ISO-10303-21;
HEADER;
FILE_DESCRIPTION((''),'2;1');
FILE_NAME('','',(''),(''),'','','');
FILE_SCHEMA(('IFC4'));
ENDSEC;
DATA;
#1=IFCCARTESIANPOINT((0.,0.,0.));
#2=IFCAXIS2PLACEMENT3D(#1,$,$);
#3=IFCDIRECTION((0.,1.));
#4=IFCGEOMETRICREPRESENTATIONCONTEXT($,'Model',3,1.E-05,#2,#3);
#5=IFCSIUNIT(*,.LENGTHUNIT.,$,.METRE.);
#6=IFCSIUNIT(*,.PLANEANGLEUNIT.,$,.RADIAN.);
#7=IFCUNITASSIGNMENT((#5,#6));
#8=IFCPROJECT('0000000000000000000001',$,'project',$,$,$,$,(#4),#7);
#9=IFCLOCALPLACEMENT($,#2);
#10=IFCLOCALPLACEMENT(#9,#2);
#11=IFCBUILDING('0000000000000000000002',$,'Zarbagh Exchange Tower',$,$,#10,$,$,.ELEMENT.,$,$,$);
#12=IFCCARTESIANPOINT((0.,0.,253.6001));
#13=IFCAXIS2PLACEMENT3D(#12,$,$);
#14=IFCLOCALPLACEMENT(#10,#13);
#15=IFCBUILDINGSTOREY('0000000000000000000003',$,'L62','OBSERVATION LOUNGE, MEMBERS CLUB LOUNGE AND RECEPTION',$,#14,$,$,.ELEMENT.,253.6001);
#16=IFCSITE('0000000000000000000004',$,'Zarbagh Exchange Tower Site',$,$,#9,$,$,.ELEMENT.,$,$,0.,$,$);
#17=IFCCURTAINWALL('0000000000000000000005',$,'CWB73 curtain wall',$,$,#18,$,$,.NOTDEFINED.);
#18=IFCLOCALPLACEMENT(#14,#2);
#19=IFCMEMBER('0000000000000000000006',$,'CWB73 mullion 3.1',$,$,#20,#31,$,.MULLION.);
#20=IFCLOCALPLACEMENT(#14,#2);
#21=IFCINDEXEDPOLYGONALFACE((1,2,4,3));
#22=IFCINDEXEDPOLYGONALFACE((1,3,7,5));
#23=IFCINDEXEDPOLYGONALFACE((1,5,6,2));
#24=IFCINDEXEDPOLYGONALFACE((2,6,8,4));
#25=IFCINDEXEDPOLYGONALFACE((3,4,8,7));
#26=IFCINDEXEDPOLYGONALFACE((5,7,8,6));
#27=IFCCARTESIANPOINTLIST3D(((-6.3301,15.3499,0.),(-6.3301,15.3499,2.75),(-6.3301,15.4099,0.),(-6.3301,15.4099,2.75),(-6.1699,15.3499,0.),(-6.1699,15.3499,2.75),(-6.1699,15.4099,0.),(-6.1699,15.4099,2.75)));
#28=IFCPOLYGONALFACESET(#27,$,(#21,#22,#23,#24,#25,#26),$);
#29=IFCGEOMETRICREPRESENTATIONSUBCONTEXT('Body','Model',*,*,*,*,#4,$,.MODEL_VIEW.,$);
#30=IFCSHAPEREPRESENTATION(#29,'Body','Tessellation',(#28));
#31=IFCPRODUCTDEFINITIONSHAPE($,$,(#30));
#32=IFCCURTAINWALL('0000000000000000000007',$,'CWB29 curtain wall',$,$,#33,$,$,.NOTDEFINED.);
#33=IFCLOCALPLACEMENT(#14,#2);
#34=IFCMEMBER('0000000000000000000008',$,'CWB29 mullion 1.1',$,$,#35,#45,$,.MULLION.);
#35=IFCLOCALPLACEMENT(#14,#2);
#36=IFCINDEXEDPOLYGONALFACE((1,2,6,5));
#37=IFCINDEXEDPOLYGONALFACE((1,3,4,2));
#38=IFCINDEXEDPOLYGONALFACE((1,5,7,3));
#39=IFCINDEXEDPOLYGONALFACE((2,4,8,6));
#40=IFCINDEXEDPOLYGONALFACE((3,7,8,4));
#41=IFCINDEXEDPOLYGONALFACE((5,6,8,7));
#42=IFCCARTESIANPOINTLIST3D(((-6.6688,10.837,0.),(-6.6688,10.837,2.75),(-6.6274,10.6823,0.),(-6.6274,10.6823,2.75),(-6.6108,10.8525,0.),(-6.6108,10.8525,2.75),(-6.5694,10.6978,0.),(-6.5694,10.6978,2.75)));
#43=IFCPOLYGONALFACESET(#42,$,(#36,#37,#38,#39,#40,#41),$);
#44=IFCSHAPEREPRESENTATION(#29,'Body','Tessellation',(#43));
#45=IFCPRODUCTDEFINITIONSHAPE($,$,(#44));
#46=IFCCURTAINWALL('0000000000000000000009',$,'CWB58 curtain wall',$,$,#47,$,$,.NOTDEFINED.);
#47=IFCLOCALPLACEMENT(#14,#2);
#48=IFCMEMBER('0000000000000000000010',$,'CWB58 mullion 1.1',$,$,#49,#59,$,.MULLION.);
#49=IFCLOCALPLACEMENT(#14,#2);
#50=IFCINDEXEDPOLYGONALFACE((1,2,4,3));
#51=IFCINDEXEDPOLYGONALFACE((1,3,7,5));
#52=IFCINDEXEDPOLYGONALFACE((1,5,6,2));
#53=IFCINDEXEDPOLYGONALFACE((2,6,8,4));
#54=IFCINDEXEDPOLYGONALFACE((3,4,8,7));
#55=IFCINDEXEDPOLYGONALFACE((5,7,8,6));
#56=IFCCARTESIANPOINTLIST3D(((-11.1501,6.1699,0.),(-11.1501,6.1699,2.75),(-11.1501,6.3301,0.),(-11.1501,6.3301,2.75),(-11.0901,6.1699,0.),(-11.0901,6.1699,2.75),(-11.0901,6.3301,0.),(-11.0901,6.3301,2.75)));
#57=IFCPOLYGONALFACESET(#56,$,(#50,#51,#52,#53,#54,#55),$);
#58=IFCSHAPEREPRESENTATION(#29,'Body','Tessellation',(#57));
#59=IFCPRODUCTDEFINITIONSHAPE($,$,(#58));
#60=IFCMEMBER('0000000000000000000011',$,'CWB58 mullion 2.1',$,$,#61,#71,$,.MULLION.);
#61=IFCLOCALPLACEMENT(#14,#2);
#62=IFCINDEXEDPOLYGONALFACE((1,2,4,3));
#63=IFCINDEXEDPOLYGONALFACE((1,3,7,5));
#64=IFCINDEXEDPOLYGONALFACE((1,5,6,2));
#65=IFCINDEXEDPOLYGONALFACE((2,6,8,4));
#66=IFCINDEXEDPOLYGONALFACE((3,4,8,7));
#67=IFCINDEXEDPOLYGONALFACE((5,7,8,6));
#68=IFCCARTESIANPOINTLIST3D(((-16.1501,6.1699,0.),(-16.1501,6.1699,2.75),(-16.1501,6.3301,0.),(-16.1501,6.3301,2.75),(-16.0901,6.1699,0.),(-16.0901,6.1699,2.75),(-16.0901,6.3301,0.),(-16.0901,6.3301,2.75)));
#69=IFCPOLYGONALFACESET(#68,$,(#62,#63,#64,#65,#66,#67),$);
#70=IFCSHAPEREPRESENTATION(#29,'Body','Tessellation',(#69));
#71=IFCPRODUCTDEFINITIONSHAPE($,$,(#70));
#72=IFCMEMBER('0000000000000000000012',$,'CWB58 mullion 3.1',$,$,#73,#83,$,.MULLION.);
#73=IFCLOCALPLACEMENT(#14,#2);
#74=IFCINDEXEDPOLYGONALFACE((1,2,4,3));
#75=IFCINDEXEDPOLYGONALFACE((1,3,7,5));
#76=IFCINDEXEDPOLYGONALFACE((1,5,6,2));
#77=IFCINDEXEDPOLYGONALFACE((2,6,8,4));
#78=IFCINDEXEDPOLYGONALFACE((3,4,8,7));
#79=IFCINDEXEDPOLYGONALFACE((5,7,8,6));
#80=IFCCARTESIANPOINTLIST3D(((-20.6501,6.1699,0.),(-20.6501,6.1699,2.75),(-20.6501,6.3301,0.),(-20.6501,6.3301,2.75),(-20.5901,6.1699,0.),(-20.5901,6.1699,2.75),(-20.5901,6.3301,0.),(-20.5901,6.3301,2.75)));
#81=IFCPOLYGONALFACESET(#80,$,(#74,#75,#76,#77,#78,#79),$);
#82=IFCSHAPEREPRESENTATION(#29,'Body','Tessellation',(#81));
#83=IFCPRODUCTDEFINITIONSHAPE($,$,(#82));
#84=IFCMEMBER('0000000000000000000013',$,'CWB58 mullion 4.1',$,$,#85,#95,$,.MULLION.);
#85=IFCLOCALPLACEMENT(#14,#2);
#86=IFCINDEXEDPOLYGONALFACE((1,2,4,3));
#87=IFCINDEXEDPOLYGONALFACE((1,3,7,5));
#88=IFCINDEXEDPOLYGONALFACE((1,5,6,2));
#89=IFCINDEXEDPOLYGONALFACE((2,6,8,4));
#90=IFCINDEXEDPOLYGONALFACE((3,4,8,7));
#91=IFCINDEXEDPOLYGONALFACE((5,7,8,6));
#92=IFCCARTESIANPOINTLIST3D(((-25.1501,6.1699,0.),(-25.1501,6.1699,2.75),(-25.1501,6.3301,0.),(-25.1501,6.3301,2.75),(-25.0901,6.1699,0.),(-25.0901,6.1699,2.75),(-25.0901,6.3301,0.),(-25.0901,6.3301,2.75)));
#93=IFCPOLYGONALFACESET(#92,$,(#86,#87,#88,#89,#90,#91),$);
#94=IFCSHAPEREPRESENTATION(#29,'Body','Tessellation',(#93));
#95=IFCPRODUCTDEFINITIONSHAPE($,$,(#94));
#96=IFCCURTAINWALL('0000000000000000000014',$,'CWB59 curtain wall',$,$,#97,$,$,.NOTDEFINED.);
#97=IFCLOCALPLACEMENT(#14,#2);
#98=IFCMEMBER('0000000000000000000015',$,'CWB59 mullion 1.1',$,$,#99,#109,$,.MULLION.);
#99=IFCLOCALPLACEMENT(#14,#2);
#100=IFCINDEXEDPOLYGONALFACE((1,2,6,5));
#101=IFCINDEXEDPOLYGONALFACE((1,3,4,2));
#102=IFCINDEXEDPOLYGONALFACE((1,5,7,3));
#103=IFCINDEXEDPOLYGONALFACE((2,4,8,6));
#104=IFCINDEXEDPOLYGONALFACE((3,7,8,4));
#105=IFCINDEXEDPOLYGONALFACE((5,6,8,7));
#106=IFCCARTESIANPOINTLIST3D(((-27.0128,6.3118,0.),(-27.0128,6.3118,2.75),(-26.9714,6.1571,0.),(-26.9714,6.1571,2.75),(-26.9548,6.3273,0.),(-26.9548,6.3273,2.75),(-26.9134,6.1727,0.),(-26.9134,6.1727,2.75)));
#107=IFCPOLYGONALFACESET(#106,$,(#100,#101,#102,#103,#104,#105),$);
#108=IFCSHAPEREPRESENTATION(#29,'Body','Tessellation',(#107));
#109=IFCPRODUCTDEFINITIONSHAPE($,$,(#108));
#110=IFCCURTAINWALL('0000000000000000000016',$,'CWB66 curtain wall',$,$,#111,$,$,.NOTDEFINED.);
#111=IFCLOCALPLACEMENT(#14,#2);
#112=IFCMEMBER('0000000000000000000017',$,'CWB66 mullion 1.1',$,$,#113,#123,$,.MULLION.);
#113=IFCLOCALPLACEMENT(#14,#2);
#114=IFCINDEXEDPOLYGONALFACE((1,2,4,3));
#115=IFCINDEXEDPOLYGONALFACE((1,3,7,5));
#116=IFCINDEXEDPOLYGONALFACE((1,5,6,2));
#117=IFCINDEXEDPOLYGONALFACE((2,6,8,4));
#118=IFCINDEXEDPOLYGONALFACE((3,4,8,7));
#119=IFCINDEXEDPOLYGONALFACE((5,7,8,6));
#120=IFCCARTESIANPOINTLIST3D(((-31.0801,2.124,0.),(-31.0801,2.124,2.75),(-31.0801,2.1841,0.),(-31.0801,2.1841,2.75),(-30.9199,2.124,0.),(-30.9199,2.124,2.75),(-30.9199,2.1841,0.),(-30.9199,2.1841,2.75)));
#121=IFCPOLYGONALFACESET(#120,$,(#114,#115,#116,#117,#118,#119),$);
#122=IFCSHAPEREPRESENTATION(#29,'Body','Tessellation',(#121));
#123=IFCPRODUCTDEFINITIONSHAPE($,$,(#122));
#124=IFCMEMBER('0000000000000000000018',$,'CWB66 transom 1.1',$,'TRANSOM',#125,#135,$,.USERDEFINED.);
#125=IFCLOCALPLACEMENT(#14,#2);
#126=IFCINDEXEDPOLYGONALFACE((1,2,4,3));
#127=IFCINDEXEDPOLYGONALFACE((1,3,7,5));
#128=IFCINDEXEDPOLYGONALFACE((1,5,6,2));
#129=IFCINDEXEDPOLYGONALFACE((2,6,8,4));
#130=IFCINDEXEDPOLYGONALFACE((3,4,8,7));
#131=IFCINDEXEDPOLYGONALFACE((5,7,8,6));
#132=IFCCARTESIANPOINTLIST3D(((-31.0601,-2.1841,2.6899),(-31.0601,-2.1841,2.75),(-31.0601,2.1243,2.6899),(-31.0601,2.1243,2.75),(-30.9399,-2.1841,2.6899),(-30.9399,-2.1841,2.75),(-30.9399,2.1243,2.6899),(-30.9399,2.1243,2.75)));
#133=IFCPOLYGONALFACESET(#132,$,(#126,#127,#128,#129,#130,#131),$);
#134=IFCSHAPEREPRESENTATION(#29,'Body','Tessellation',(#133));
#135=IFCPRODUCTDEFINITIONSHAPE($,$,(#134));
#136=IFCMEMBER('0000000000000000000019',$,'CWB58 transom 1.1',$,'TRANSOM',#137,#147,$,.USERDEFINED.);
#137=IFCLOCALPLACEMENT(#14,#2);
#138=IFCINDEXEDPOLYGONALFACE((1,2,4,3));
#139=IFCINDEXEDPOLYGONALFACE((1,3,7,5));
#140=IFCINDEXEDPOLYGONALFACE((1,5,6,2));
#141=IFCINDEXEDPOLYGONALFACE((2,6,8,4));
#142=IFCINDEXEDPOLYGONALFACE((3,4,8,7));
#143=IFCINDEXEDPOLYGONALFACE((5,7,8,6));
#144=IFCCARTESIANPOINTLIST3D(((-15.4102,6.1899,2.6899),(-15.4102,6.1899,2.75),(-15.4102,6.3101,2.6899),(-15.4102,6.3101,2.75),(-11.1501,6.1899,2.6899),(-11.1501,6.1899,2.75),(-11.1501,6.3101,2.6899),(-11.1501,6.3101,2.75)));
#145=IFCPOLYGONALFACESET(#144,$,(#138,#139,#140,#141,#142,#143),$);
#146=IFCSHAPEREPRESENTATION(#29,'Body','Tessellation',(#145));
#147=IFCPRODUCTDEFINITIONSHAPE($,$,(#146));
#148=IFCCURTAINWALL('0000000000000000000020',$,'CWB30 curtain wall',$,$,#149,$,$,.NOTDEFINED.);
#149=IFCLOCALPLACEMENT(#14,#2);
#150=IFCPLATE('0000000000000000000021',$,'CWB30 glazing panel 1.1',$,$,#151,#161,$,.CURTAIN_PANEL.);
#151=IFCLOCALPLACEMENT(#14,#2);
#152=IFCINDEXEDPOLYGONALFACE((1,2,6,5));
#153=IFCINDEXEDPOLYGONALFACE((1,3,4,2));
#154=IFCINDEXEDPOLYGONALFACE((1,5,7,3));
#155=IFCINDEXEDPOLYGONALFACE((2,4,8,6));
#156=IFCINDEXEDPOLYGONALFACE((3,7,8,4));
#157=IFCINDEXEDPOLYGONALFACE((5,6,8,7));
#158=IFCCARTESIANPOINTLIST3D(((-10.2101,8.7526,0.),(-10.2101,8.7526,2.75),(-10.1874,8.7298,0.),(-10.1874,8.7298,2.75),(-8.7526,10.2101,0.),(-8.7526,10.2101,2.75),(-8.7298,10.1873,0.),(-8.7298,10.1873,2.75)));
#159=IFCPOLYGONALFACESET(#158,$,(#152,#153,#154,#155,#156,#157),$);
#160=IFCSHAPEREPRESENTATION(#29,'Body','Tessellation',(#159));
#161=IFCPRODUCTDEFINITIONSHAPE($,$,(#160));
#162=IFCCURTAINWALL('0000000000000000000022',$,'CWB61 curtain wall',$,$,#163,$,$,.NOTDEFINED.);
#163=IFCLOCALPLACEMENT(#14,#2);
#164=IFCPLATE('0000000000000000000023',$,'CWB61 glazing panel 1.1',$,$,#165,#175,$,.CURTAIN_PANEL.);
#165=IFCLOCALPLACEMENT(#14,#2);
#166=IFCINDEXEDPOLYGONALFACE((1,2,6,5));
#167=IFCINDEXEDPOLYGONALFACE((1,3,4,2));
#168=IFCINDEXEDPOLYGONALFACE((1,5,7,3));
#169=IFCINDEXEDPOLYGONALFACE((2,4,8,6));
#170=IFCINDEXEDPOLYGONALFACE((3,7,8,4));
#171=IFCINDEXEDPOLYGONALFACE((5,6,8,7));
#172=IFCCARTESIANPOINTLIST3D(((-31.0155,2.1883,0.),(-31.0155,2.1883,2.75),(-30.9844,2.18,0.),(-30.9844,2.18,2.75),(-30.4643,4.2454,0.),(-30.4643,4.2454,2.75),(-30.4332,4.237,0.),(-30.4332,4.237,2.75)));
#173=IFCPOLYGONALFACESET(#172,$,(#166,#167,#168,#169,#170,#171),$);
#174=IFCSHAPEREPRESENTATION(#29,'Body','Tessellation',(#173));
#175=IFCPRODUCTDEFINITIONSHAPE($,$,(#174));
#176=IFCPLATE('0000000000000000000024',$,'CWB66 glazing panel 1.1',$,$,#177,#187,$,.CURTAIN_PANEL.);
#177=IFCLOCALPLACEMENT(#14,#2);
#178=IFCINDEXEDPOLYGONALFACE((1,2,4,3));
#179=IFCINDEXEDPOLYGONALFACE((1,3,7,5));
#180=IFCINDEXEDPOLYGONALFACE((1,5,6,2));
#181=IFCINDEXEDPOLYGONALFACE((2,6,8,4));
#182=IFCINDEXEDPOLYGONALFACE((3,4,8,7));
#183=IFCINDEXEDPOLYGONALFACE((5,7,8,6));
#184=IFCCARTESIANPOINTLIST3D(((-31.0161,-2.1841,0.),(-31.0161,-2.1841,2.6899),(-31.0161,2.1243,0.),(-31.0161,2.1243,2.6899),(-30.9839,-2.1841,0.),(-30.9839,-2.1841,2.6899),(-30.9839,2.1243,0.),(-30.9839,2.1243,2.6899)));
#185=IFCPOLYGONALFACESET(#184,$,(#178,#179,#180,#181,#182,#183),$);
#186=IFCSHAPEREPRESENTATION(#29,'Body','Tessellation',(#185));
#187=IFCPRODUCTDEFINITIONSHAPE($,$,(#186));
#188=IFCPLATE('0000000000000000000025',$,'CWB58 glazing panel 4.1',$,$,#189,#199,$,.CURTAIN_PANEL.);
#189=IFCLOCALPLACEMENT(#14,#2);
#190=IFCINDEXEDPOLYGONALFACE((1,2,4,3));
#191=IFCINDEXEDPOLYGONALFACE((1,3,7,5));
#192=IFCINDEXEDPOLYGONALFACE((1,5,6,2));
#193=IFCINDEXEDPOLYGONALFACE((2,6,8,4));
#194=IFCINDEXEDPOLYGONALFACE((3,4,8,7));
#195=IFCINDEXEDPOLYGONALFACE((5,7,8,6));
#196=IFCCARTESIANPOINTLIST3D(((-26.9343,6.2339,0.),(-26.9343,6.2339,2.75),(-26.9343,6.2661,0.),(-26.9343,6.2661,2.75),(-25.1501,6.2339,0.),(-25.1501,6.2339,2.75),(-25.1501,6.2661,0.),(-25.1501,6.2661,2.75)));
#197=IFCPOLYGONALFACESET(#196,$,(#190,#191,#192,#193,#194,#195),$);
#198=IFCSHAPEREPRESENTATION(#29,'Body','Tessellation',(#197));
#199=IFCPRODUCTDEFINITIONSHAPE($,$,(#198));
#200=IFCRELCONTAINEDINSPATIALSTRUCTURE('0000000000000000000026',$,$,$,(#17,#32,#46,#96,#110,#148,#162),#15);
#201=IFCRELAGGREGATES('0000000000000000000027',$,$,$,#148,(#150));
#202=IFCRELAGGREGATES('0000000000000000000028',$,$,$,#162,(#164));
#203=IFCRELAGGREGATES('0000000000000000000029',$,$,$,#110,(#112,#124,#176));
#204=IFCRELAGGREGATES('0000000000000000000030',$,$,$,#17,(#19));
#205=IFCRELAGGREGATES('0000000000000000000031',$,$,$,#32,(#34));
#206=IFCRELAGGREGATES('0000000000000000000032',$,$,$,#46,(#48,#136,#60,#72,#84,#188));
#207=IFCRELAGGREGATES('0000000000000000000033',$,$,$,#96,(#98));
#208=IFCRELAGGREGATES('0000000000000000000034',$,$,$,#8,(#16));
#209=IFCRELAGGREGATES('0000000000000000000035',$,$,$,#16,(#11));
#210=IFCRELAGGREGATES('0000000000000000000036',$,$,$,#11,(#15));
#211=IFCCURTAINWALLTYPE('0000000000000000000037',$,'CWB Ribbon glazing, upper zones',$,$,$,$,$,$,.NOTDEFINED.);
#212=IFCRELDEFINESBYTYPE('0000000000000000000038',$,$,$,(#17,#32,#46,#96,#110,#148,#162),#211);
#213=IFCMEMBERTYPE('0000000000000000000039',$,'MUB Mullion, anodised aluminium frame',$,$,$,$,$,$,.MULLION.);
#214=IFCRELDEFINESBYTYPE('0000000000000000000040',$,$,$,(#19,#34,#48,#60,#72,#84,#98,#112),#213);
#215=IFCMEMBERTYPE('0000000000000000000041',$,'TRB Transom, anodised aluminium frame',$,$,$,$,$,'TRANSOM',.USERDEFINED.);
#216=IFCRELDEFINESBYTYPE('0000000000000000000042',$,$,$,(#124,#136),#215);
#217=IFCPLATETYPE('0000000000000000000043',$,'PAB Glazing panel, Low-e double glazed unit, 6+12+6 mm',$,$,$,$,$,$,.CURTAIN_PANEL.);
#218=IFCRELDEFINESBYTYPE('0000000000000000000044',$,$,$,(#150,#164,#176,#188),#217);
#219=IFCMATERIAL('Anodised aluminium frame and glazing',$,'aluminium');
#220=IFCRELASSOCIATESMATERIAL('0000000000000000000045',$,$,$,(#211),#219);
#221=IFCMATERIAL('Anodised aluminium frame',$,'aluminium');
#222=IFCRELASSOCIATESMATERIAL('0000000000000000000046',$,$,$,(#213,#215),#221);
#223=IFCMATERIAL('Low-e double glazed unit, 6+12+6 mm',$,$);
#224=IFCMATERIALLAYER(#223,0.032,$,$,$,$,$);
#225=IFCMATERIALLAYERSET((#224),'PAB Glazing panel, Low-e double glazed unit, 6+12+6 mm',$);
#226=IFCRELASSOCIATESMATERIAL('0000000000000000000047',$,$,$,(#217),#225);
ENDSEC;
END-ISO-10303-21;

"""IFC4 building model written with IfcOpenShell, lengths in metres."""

from ifc_helpers import new_model, si_unit, direction, frame, origin, place, context, subcontext, project, spatial, polyline, outline, extrude, source, transform, mapped, material, layer, layer_set, type_object, element, aggregate, save


model = new_model("IFC4")

# Units and contexts
model_context = context("Model", 3, precision=1e-05, world=origin(), true_north=direction((0.0, 1.0)))
body_context = subcontext(model_context, "Body", "Model", "MODEL_VIEW")
ifc_project = project(units=[si_unit("LENGTHUNIT", "METRE"), si_unit("PLANEANGLEUNIT", "RADIAN")], contexts=[model_context])

# Site, building, storey
site_placement = place(None, origin())
site = spatial("IfcSite", under=ifc_project, at=site_placement, Name="Zarbagh Exchange Tower Site", CompositionType="ELEMENT", RefElevation=0.0)
building_placement = place(site_placement, origin())
building = spatial("IfcBuilding", under=site, at=building_placement, Name="Zarbagh Exchange Tower", CompositionType="ELEMENT")
storey_placement = place(building_placement, frame((0.0, 0.0, 253.6001)))
storey = spatial("IfcBuildingStorey", under=building, at=storey_placement, Name="L62", Description="OBSERVATION LOUNGE, MEMBERS CLUB LOUNGE AND RECEPTION", CompositionType="ELEMENT", Elevation=253.6001)

# Curtain walls, members
ifc_material_1 = material(Name="Anodised aluminium frame and glazing", Category="aluminium")
curtain_wall_type = type_object("IfcCurtainWallType", Name="CWB Ribbon glazing, upper zones", PredefinedType="NOTDEFINED", material=ifc_material_1)
curtain_wall_1_placement = place(storey_placement, origin())
curtain_wall_1 = element("IfcCurtainWall", 1, at=curtain_wall_1_placement, inside=storey, type_object=curtain_wall_type, Name="CWB73 curtain wall", PredefinedType="NOTDEFINED")
ifc_material_2 = material(Name="Anodised aluminium frame", Category="aluminium")
member_type_1 = type_object("IfcMemberType", Name="MUB Mullion, anodised aluminium frame", PredefinedType="MULLION", material=ifc_material_2)
shared_shape_1 = source(origin(), body_context, "Body", "SweptSolid", [
    extrude(outline(polyline([(0.0, -0.0801), (0.0601, -0.0801), (0.0601, 0.0801), (0.0, 0.0801), (0.0, -0.0801)])), origin(), (0.0, 0.0, 1.0), 2.75),
])
placement = place(storey_placement, origin())
member_1 = element("IfcMember", 2, at=placement, type_object=member_type_1, Name="CWB73 mullion 3.1", PredefinedType="MULLION", context=body_context, shape_type="MappedRepresentation", body=[
    mapped(shared_shape_1, transform((-6.25, 15.4099, 0.0), x_axis=(0.0, -1.0, 0.0), y_axis=(1.0, 0.0, 0.0), z_axis=(0.0, 0.0, 1.0))),
])
curtain_wall_2_placement = place(storey_placement, origin())
curtain_wall_2 = element("IfcCurtainWall", 3, at=curtain_wall_2_placement, inside=storey, type_object=curtain_wall_type, Name="CWB29 curtain wall", PredefinedType="NOTDEFINED")
member_2 = element("IfcMember", 4, at=placement, type_object=member_type_1, Name="CWB29 mullion 1.1", PredefinedType="MULLION", context=body_context, shape_type="MappedRepresentation", body=[
    mapped(shared_shape_1, transform((-6.5901, 10.7751, 0.0), x_axis=(-0.965924, -0.258825, 0.0), y_axis=(0.258825, -0.965924, 0.0), z_axis=(0.0, 0.0, 1.0))),
])

# Curtain wall, members
curtain_wall_3_placement = place(storey_placement, origin())
curtain_wall_3 = element("IfcCurtainWall", 5, at=curtain_wall_3_placement, inside=storey, type_object=curtain_wall_type, Name="CWB58 curtain wall", PredefinedType="NOTDEFINED")
member_3 = element("IfcMember", 6, at=placement, type_object=member_type_1, Name="CWB58 mullion 1.1", PredefinedType="MULLION", context=body_context, shape_type="MappedRepresentation", body=[
    mapped(shared_shape_1, transform((-11.0901, 6.25, 0.0), x_axis=(-1.0, 0.0, 0.0), y_axis=(0.0, -1.0, 0.0), z_axis=(0.0, 0.0, 1.0))),
])
member_4 = element("IfcMember", 7, at=placement, type_object=member_type_1, Name="CWB58 mullion 2.1", PredefinedType="MULLION", context=body_context, shape_type="MappedRepresentation", body=[
    mapped(shared_shape_1, transform((-16.0901, 6.25, 0.0), x_axis=(-1.0, 0.0, 0.0), y_axis=(0.0, -1.0, 0.0), z_axis=(0.0, 0.0, 1.0))),
])
member_5 = element("IfcMember", 8, at=placement, type_object=member_type_1, Name="CWB58 mullion 3.1", PredefinedType="MULLION", context=body_context, shape_type="MappedRepresentation", body=[
    mapped(shared_shape_1, transform((-20.5901, 6.25, 0.0), x_axis=(-1.0, 0.0, 0.0), y_axis=(0.0, -1.0, 0.0), z_axis=(0.0, 0.0, 1.0))),
])
member_6 = element("IfcMember", 9, at=placement, type_object=member_type_1, Name="CWB58 mullion 4.1", PredefinedType="MULLION", context=body_context, shape_type="MappedRepresentation", body=[
    mapped(shared_shape_1, transform((-25.0901, 6.25, 0.0), x_axis=(-1.0, 0.0, 0.0), y_axis=(0.0, -1.0, 0.0), z_axis=(0.0, 0.0, 1.0))),
])

# Curtain wall, member
curtain_wall_4_placement = place(storey_placement, origin())
curtain_wall_4 = element("IfcCurtainWall", 10, at=curtain_wall_4_placement, inside=storey, type_object=curtain_wall_type, Name="CWB59 curtain wall", PredefinedType="NOTDEFINED")
member_7 = element("IfcMember", 11, at=placement, type_object=member_type_1, Name="CWB59 mullion 1.1", PredefinedType="MULLION", context=body_context, shape_type="MappedRepresentation", body=[
    mapped(shared_shape_1, transform((-26.9341, 6.25, 0.0), x_axis=(-0.965924, -0.258825, 0.0), y_axis=(0.258825, -0.965924, 0.0), z_axis=(0.0, 0.0, 1.0))),
])

# Curtain wall, members
curtain_wall_5_placement = place(storey_placement, origin())
curtain_wall_5 = element("IfcCurtainWall", 12, at=curtain_wall_5_placement, inside=storey, type_object=curtain_wall_type, Name="CWB66 curtain wall", PredefinedType="NOTDEFINED")
member_8 = element("IfcMember", 13, at=placement, type_object=member_type_1, Name="CWB66 mullion 1.1", PredefinedType="MULLION", context=body_context, shape_type="MappedRepresentation", body=[
    mapped(shared_shape_1, transform((-31.0, 2.1841, 0.0), x_axis=(0.0, -1.0, 0.0), y_axis=(1.0, 0.0, 0.0), z_axis=(0.0, 0.0, 1.0))),
])
member_type_2 = type_object("IfcMemberType", Name="TRB Transom, anodised aluminium frame", ElementType="TRANSOM", PredefinedType="USERDEFINED", material=ifc_material_2)
shared_shape_2 = source(origin(), body_context, "Body", "SweptSolid", [
    extrude(outline(polyline([(-0.0601, -0.0601), (0.0, -0.0601), (0.0, 0.0601), (-0.0601, 0.0601), (-0.0601, -0.0601)])), origin(), (0.0, 0.0, 1.0), 4.3083),
])
member_9 = element("IfcMember", 14, at=placement, type_object=member_type_2, Name="CWB66 transom 1.1", ObjectType="TRANSOM", PredefinedType="USERDEFINED", context=body_context, shape_type="MappedRepresentation", body=[
    mapped(shared_shape_2, transform((-31.0, 2.1243, 2.75), x_axis=(0.0, 0.0, 1.0), y_axis=(-1.0, 0.0, 0.0), z_axis=(0.0, -1.0, 0.0))),
])

# Member
shared_shape_3 = source(origin(), body_context, "Body", "SweptSolid", [
    extrude(outline(polyline([(-0.0601, -0.0601), (0.0, -0.0601), (0.0, 0.0601), (-0.0601, 0.0601), (-0.0601, -0.0601)])), origin(), (0.0, 0.0, 1.0), 4.26),
])
member_10 = element("IfcMember", 15, at=placement, type_object=member_type_2, Name="CWB58 transom 1.1", ObjectType="TRANSOM", PredefinedType="USERDEFINED", context=body_context, shape_type="MappedRepresentation", body=[
    mapped(shared_shape_3, transform((-11.1501, 6.25, 2.75), x_axis=(0.0, 0.0, 1.0), y_axis=(0.0, 1.0, 0.0), z_axis=(-1.0, 0.0, 0.0))),
])

# Curtain walls, plates
curtain_wall_6_placement = place(storey_placement, origin())
curtain_wall_6 = element("IfcCurtainWall", 16, at=curtain_wall_6_placement, inside=storey, type_object=curtain_wall_type, Name="CWB30 curtain wall", PredefinedType="NOTDEFINED")
ifc_material_3 = material(Name="Low-e double glazed unit, 6+12+6 mm")
ifc_layer = layer(ifc_material_3, 0.032)
ifc_layer_set = layer_set([ifc_layer], Name="PAB Glazing panel, Low-e double glazed unit, 6+12+6 mm")
plate_type = type_object("IfcPlateType", Name="PAB Glazing panel, Low-e double glazed unit, 6+12+6 mm", PredefinedType="CURTAIN_PANEL", material=ifc_layer_set)
shared_shape_4 = source(origin(), body_context, "Body", "SweptSolid", [
    extrude(outline(polyline([(0.0, -0.0161), (2.0613, -0.0161), (2.0613, 0.0161), (0.0, 0.0161), (0.0, -0.0161)])), origin(), (0.0, 0.0, 1.0), 2.75),
])
plate_1 = element("IfcPlate", 17, at=placement, type_object=plate_type, Name="CWB30 glazing panel 1.1", PredefinedType="CURTAIN_PANEL", context=body_context, shape_type="MappedRepresentation", body=[
    mapped(shared_shape_4, transform((-8.7412, 10.1987, 0.0), x_axis=(-0.707107, -0.707107, 0.0), y_axis=(0.707107, -0.707107, 0.0), z_axis=(0.0, 0.0, 1.0))),
])
aggregate(curtain_wall_6, [plate_1])
curtain_wall_7_placement = place(storey_placement, origin())
curtain_wall_7 = element("IfcCurtainWall", 18, at=curtain_wall_7_placement, inside=storey, type_object=curtain_wall_type, Name="CWB61 curtain wall", PredefinedType="NOTDEFINED")
shared_shape_5 = source(origin(), body_context, "Body", "SweptSolid", [
    extrude(outline(polyline([(0.0, -0.0161), (2.1296, -0.0161), (2.1296, 0.0161), (0.0, 0.0161), (0.0, -0.0161)])), origin(), (0.0, 0.0, 1.0), 2.75),
])
plate_2 = element("IfcPlate", 19, at=placement, type_object=plate_type, Name="CWB61 glazing panel 1.1", PredefinedType="CURTAIN_PANEL", context=body_context, shape_type="MappedRepresentation", body=[
    mapped(shared_shape_5, transform((-30.4487, 4.2412, 0.0), x_axis=(-0.258825, -0.965924, 0.0), y_axis=(0.965924, -0.258825, 0.0), z_axis=(0.0, 0.0, 1.0))),
])
aggregate(curtain_wall_7, [plate_2])

# Plates
shared_shape_6 = source(origin(), body_context, "Body", "SweptSolid", [
    extrude(outline(polyline([(0.0, -0.0161), (4.3083, -0.0161), (4.3083, 0.0161), (0.0, 0.0161), (0.0, -0.0161)])), origin(), (0.0, 0.0, 1.0), 2.6899),
])
plate_3 = element("IfcPlate", 20, at=placement, type_object=plate_type, Name="CWB66 glazing panel 1.1", PredefinedType="CURTAIN_PANEL", context=body_context, shape_type="MappedRepresentation", body=[
    mapped(shared_shape_6, transform((-31.0, 2.1243, 0.0), x_axis=(0.0, -1.0, 0.0), y_axis=(1.0, 0.0, 0.0), z_axis=(0.0, 0.0, 1.0))),
])
aggregate(curtain_wall_5, [member_8, member_9, plate_3])
shared_shape_7 = source(origin(), body_context, "Body", "SweptSolid", [
    extrude(outline(polyline([(0.0, -0.0161), (1.7842, -0.0161), (1.7842, 0.0161), (0.0, 0.0161), (0.0, -0.0161)])), origin(), (0.0, 0.0, 1.0), 2.75),
])
plate_4 = element("IfcPlate", 21, at=placement, type_object=plate_type, Name="CWB58 glazing panel 4.1", PredefinedType="CURTAIN_PANEL", context=body_context, shape_type="MappedRepresentation", body=[
    mapped(shared_shape_7, transform((-25.1501, 6.25, 0.0), x_axis=(-1.0, 0.0, 0.0), y_axis=(0.0, -1.0, 0.0), z_axis=(0.0, 0.0, 1.0))),
])
aggregate(curtain_wall_1, [member_1])
aggregate(curtain_wall_2, [member_2])

aggregate(curtain_wall_3, [member_3, member_10, member_4, member_5, member_6, plate_4])
aggregate(curtain_wall_4, [member_7])

save(model, "model.ifc")
